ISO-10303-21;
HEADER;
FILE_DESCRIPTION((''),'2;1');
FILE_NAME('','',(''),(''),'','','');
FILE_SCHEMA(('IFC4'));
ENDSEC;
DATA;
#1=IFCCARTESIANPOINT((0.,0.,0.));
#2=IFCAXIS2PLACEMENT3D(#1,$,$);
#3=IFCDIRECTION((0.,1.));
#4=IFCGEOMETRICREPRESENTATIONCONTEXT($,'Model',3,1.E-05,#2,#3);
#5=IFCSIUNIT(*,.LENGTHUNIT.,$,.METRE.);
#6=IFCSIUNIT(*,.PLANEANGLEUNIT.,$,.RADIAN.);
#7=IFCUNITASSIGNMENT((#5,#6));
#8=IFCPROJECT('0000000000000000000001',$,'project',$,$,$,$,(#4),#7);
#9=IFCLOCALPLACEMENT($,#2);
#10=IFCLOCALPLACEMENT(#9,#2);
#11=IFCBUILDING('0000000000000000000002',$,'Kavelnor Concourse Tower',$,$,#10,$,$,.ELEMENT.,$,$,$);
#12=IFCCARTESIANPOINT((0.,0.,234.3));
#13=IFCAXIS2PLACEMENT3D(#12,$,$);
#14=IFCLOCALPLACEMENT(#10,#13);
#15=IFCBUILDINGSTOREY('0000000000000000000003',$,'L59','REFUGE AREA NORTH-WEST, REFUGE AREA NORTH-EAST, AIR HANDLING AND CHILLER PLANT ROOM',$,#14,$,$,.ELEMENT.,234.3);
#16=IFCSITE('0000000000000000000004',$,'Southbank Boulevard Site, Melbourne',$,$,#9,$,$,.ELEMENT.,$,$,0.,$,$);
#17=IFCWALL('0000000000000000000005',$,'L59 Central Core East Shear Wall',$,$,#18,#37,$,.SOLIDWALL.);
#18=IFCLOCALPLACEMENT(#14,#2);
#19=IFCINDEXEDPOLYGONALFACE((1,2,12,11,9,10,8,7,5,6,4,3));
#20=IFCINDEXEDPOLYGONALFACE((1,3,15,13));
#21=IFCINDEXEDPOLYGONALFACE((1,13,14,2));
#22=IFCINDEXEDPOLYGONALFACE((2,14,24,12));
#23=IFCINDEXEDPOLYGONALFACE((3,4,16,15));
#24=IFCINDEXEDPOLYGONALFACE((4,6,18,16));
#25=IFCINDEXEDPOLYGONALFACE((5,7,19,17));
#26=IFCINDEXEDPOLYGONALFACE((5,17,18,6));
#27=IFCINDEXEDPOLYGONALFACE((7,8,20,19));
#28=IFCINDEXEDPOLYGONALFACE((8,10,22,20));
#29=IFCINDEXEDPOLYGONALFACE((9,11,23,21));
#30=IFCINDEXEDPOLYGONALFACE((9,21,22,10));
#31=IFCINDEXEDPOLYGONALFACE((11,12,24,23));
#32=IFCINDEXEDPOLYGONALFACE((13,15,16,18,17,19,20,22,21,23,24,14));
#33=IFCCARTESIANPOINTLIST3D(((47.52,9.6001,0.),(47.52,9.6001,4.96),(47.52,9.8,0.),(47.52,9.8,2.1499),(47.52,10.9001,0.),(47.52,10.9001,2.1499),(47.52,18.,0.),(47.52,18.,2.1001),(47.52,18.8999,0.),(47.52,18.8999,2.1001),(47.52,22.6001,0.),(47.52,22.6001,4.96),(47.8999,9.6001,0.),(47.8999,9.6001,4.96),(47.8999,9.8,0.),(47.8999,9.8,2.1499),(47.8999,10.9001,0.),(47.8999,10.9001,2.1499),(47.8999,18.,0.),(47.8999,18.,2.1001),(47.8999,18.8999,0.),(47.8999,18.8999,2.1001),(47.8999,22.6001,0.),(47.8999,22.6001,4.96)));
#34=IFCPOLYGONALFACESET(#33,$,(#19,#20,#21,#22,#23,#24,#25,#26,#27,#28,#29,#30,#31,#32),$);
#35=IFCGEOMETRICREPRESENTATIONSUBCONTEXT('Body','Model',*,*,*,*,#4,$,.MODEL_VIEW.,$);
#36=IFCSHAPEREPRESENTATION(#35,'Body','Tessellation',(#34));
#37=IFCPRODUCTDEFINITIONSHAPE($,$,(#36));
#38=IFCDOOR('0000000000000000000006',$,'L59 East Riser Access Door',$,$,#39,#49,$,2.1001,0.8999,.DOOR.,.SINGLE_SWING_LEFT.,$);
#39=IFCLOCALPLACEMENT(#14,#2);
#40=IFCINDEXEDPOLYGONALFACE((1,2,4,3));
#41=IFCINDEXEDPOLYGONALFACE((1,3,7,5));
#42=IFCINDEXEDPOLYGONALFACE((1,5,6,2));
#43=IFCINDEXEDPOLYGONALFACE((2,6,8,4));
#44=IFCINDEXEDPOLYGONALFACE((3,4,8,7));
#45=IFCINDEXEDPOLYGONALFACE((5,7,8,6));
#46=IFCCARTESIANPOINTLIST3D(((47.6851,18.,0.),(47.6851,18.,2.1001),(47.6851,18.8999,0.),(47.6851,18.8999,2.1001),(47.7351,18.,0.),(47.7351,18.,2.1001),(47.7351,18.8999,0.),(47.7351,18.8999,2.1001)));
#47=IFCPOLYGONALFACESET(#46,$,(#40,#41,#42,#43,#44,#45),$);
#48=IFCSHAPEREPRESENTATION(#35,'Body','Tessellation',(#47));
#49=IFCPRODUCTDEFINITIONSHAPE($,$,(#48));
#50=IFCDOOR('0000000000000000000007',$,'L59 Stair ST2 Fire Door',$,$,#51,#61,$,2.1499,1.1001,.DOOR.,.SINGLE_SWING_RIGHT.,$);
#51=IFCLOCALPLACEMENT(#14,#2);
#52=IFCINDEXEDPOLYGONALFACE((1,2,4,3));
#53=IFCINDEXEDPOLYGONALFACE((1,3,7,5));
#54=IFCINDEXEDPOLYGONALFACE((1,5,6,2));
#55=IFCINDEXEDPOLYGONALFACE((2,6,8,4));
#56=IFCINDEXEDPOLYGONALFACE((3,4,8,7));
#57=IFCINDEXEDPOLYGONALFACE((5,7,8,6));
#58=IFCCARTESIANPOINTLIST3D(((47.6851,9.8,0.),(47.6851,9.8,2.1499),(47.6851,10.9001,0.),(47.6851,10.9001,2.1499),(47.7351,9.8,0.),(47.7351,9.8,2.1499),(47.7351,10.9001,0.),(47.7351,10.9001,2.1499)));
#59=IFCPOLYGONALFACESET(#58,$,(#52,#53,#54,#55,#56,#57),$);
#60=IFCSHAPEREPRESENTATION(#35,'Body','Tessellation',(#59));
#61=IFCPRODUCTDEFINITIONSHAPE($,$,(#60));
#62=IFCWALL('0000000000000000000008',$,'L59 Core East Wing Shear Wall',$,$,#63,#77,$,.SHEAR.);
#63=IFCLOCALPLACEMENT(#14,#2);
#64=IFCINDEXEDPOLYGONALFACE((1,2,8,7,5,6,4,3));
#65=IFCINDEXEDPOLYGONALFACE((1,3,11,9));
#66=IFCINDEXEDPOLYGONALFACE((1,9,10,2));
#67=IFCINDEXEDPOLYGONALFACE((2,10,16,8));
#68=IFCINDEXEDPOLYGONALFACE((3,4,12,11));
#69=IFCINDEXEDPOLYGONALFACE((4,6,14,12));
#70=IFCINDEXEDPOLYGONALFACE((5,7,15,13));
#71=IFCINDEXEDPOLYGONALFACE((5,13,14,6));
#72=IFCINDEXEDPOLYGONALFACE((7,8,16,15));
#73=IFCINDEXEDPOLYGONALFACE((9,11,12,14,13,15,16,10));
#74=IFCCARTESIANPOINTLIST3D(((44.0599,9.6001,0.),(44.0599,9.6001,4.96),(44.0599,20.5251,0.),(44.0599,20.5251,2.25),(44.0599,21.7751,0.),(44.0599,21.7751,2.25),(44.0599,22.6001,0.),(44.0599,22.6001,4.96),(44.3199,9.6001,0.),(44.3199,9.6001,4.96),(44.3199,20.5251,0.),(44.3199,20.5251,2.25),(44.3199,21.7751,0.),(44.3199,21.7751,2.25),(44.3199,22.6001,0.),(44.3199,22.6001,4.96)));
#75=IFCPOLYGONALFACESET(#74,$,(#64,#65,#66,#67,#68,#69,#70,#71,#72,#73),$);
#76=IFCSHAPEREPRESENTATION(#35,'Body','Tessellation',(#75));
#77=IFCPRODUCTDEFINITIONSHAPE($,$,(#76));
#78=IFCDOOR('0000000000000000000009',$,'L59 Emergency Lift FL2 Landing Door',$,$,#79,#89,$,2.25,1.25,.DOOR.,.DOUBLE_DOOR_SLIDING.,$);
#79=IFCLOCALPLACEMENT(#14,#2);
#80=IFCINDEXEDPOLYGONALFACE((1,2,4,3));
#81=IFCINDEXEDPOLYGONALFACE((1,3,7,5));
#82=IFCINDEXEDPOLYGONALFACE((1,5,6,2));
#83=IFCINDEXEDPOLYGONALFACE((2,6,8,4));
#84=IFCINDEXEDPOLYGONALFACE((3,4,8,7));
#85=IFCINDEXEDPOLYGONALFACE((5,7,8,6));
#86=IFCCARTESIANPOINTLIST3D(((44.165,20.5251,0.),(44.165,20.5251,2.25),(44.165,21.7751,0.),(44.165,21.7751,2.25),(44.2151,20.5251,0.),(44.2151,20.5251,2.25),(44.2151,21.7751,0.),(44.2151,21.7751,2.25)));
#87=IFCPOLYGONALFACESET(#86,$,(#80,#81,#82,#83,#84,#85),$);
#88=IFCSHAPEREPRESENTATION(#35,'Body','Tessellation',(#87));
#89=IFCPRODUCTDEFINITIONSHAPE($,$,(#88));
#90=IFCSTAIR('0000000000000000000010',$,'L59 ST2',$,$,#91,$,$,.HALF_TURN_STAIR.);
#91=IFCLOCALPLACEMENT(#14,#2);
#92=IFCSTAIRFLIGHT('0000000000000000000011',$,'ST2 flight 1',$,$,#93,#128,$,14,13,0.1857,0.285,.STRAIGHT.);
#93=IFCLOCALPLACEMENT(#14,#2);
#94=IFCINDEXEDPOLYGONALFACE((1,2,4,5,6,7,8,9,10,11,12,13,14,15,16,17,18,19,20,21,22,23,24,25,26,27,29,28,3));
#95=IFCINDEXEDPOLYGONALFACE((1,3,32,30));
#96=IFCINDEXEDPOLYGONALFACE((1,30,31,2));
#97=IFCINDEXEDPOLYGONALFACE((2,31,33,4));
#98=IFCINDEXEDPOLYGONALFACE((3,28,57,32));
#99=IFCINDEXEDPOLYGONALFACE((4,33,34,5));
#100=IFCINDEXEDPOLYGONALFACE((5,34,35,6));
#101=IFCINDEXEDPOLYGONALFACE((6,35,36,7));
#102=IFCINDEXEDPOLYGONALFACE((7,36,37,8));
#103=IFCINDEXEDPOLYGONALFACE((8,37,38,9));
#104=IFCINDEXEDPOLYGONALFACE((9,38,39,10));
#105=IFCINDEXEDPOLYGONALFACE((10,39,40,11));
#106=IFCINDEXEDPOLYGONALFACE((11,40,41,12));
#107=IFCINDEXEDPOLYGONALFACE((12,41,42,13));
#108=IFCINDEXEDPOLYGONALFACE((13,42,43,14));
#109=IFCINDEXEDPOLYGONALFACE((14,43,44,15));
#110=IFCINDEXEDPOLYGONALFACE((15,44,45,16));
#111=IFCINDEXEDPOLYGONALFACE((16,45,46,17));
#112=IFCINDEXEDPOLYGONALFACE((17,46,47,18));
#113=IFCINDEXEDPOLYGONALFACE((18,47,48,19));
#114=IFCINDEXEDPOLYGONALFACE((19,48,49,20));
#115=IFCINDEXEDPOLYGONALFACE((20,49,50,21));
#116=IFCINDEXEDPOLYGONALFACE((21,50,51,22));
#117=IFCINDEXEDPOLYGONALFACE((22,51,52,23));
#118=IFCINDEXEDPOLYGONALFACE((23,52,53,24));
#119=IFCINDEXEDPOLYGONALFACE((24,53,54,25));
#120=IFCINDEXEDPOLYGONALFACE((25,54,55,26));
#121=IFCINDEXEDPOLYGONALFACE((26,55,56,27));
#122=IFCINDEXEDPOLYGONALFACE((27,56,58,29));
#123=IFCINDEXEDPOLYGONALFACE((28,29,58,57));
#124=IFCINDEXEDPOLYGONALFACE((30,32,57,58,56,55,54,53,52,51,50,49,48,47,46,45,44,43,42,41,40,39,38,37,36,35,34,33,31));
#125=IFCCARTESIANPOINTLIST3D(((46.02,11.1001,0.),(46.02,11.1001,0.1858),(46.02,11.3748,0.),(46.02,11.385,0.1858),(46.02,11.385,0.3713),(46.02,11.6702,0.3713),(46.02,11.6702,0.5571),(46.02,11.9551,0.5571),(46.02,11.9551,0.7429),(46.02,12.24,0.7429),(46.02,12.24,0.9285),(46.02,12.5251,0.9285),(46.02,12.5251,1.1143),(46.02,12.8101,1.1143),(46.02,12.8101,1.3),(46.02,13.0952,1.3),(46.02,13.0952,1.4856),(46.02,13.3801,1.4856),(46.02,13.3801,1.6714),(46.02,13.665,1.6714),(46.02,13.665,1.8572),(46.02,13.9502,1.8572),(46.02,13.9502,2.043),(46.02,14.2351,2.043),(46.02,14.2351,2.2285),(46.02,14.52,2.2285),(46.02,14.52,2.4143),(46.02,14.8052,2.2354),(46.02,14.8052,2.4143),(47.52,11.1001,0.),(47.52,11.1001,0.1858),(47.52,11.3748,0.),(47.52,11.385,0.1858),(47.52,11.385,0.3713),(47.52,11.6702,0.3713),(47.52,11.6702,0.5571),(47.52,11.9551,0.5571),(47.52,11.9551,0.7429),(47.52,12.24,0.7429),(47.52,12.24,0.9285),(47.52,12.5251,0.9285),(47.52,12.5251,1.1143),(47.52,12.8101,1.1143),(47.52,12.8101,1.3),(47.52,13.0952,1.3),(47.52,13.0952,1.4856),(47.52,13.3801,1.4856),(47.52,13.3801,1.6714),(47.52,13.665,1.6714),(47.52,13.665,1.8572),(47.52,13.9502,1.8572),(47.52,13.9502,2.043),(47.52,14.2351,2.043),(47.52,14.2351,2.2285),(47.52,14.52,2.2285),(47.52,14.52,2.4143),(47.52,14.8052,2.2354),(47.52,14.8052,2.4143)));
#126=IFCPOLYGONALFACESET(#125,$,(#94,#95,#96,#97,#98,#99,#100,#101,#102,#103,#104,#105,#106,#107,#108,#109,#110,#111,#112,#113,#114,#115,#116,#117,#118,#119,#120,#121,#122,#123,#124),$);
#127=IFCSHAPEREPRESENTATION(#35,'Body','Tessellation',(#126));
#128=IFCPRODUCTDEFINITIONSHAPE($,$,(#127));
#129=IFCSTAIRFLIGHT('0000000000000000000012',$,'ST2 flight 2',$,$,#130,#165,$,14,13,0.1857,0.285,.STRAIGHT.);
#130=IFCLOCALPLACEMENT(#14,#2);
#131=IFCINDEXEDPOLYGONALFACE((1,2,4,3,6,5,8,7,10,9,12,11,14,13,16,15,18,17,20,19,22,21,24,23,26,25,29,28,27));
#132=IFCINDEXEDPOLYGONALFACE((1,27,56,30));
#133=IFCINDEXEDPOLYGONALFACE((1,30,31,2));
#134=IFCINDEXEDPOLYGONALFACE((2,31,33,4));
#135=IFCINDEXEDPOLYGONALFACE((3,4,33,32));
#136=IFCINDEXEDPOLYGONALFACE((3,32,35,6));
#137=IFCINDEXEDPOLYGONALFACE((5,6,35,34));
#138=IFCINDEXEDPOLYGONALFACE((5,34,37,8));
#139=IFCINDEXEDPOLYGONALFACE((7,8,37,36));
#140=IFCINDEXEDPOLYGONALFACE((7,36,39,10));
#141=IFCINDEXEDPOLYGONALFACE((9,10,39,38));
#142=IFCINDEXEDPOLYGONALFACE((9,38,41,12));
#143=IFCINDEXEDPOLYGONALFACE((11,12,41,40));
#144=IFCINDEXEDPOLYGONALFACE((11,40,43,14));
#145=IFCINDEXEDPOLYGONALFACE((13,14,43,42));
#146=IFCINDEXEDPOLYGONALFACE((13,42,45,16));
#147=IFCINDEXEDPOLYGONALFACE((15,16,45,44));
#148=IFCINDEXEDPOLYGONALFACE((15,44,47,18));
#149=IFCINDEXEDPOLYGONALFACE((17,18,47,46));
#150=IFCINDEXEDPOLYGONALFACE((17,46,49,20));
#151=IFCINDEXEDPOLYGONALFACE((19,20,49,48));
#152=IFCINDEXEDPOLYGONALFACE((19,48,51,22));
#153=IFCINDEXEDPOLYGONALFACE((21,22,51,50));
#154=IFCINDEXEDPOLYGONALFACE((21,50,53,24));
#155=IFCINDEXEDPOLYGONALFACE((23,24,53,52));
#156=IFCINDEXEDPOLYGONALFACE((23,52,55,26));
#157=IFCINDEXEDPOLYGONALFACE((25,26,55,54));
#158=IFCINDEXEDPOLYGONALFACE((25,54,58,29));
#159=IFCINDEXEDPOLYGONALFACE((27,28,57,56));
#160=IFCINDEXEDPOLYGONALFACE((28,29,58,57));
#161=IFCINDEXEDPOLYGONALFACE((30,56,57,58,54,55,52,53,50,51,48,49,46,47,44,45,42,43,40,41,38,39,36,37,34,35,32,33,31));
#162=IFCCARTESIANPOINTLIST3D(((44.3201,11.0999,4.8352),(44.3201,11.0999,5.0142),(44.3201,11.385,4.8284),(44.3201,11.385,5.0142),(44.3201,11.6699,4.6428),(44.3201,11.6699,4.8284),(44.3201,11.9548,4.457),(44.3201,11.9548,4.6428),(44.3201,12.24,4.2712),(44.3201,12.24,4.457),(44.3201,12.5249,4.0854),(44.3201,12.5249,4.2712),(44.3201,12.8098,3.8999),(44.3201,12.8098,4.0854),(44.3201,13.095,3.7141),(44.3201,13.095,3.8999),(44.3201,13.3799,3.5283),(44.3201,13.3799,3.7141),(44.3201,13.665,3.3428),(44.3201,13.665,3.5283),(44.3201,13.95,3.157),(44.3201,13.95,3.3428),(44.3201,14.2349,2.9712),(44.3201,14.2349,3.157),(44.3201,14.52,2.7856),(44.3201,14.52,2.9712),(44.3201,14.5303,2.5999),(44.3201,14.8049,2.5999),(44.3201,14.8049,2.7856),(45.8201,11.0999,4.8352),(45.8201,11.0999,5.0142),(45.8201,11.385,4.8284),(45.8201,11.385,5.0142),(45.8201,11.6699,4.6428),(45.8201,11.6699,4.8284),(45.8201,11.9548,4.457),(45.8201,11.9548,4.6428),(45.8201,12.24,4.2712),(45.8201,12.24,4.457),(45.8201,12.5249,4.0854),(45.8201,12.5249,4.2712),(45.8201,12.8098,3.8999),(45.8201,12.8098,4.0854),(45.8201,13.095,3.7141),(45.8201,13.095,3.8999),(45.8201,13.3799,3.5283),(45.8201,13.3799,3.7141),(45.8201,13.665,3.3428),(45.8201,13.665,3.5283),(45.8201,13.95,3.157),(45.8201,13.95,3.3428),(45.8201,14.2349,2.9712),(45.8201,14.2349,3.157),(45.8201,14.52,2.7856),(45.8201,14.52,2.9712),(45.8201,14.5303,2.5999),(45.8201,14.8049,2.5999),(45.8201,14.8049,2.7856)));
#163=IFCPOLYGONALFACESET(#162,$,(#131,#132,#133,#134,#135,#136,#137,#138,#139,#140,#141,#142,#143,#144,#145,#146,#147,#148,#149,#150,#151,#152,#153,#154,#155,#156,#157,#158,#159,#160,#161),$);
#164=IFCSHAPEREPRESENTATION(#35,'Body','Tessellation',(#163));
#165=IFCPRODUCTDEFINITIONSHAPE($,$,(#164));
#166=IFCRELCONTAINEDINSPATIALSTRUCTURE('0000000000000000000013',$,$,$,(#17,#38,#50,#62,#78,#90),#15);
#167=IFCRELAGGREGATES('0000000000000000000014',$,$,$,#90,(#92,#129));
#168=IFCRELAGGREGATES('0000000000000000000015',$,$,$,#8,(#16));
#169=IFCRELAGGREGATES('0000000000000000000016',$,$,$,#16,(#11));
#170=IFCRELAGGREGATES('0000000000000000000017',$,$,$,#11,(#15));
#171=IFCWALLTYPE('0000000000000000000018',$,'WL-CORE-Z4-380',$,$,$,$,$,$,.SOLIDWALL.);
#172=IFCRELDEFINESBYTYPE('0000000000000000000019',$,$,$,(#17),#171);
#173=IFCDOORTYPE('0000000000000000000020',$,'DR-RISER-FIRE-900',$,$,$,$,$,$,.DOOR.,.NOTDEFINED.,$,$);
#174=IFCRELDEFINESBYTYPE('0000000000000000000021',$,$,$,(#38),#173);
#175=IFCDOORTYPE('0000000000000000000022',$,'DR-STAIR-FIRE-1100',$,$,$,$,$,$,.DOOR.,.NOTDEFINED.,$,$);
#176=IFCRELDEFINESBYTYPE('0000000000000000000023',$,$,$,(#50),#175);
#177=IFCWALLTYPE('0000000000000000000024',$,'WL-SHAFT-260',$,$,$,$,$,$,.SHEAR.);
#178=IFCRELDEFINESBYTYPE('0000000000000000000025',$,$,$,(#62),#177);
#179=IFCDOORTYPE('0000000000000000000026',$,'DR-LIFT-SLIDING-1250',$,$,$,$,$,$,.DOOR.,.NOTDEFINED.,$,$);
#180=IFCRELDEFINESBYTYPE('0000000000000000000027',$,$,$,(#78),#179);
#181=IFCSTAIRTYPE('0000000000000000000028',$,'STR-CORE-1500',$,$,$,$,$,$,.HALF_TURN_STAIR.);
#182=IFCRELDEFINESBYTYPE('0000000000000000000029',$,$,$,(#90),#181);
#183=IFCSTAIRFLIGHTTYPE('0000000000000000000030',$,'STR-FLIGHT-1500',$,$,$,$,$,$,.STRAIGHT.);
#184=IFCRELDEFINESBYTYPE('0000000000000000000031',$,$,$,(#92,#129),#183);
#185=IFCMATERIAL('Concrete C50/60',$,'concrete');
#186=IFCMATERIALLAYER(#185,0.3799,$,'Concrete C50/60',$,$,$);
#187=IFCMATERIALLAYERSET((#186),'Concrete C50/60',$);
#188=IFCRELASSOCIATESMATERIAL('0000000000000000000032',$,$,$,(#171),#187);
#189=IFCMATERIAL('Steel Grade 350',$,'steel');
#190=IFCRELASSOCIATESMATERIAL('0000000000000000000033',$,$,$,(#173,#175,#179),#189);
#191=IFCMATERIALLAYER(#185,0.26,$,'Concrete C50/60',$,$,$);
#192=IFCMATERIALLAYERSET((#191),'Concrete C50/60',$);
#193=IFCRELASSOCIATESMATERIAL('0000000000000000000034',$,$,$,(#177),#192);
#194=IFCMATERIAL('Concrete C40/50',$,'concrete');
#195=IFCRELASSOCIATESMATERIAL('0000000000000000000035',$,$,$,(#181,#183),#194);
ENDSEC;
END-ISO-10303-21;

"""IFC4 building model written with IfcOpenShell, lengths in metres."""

from ifc_helpers import new_model, si_unit, direction, frame, frame_2d, origin, place, context, subcontext, project, spatial, polyline, rectangle, outline, extrude, material, layer, layer_set, type_object, element, fill, aggregate, save


model = new_model("IFC4")

# Units and contexts
model_context = context("Model", 3, precision=1e-05, world=origin(), true_north=direction((0.0, 1.0)))
body_context = subcontext(model_context, "Body", "Model", "MODEL_VIEW")
ifc_project = project(units=[si_unit("LENGTHUNIT", "METRE"), si_unit("PLANEANGLEUNIT", "RADIAN")], contexts=[model_context])

# Site, building, storey
site_placement = place(None, origin())
site = spatial("IfcSite", under=ifc_project, at=site_placement, Name="Southbank Boulevard Site, Melbourne", CompositionType="ELEMENT", RefElevation=0.0)
building_placement = place(site_placement, origin())
building = spatial("IfcBuilding", under=site, at=building_placement, Name="Kavelnor Concourse Tower", CompositionType="ELEMENT")
storey_placement = place(building_placement, frame((0.0, 0.0, 234.3)))
storey = spatial("IfcBuildingStorey", under=building, at=storey_placement, Name="L59", Description="REFUGE AREA NORTH-WEST, REFUGE AREA NORTH-EAST, AIR HANDLING AND CHILLER PLANT ROOM", CompositionType="ELEMENT", Elevation=234.3)

# Shared definitions
ifc_material_1 = material(Name="Steel Grade 350", Category="steel")

# Wall, openings, doors
ifc_material_2 = material(Name="Concrete C50/60", Category="concrete")
ifc_layer_1 = layer(ifc_material_2, 0.3799, Name="Concrete C50/60")
ifc_layer_set_1 = layer_set([ifc_layer_1], Name="Concrete C50/60")
wall_type_1 = type_object("IfcWallType", Name="WL-CORE-Z4-380", PredefinedType="SOLIDWALL", material=ifc_layer_set_1)
wall_1_placement = place(storey_placement, frame((47.71, 9.6001, 0.0), z_axis=(0.0, 0.0, 1.0), x_axis=(0.0, 1.0, 0.0)))
wall_1 = element("IfcWall", 1, at=wall_1_placement, inside=storey, type_object=wall_type_1, Name="L59 Central Core East Shear Wall", PredefinedType="SOLIDWALL", context=body_context, shape_type="SweptSolid", body=[
    extrude(rectangle(XDim=13.0, YDim=0.3799, at=frame_2d((6.5, 0.0))), origin(), (0.0, 0.0, 1.0), 4.96),
])
opening_1_placement = place(wall_1_placement, frame((0.2, 0.0, 0.0)))
opening_1 = element("IfcOpeningElement", 2, at=opening_1_placement, cuts=wall_1, PredefinedType="OPENING", context=body_context, shape_type="SweptSolid", body=[
    extrude(rectangle(XDim=1.1001, YDim=2.1499, at=frame_2d((0.55, 1.075))), frame((0.0, 0.2, 0.0), z_axis=(0.0, -1.0, 0.0), x_axis=(1.0, 0.0, 0.0)), (0.0, 0.0, 1.0), 0.3999),
])
opening_2_placement = place(wall_1_placement, frame((8.3999, 0.0, 0.0)))
opening_2 = element("IfcOpeningElement", 3, at=opening_2_placement, cuts=wall_1, PredefinedType="OPENING", context=body_context, shape_type="SweptSolid", body=[
    extrude(rectangle(XDim=0.8999, YDim=2.1001, at=frame_2d((0.45, 1.05))), frame((0.0, 0.2, 0.0), z_axis=(0.0, -1.0, 0.0), x_axis=(1.0, 0.0, 0.0)), (0.0, 0.0, 1.0), 0.3999),
])
door_type_1 = type_object("IfcDoorType", Name="DR-RISER-FIRE-900", OperationType="NOTDEFINED", PredefinedType="DOOR", material=ifc_material_1)
door_1_placement = place(opening_2_placement, origin())
door_1 = element("IfcDoor", 4, at=door_1_placement, inside=storey, type_object=door_type_1, Name="L59 East Riser Access Door", OperationType="SINGLE_SWING_LEFT", OverallHeight=2.1001, OverallWidth=0.8999, PredefinedType="DOOR", context=body_context, shape_type="SweptSolid", body=[
    extrude(rectangle(XDim=0.8999, YDim=2.1001, at=frame_2d((0.45, 1.05))), frame((0.0, 0.0249, 0.0), z_axis=(0.0, -1.0, 0.0), x_axis=(1.0, 0.0, 0.0)), (0.0, 0.0, 1.0), 0.05),
])
fill(opening_2, door_1)
door_type_2 = type_object("IfcDoorType", Name="DR-STAIR-FIRE-1100", OperationType="NOTDEFINED", PredefinedType="DOOR", material=ifc_material_1)
door_2_placement = place(opening_1_placement, origin())
door_2 = element("IfcDoor", 5, at=door_2_placement, inside=storey, type_object=door_type_2, Name="L59 Stair ST2 Fire Door", OperationType="SINGLE_SWING_RIGHT", OverallHeight=2.1499, OverallWidth=1.1001, PredefinedType="DOOR", context=body_context, shape_type="SweptSolid", body=[
    extrude(rectangle(XDim=1.1001, YDim=2.1499, at=frame_2d((0.55, 1.075))), frame((0.0, 0.0249, 0.0), z_axis=(0.0, -1.0, 0.0), x_axis=(1.0, 0.0, 0.0)), (0.0, 0.0, 1.0), 0.05),
])
fill(opening_1, door_2)

# Wall, opening, door
ifc_layer_2 = layer(ifc_material_2, 0.26, Name="Concrete C50/60")
ifc_layer_set_2 = layer_set([ifc_layer_2], Name="Concrete C50/60")
wall_type_2 = type_object("IfcWallType", Name="WL-SHAFT-260", PredefinedType="SHEAR", material=ifc_layer_set_2)
wall_2_placement = place(storey_placement, frame((44.1899, 9.6001, 0.0), z_axis=(0.0, 0.0, 1.0), x_axis=(0.0, 1.0, 0.0)))
wall_2 = element("IfcWall", 6, at=wall_2_placement, inside=storey, type_object=wall_type_2, Name="L59 Core East Wing Shear Wall", PredefinedType="SHEAR", context=body_context, shape_type="SweptSolid", body=[
    extrude(rectangle(XDim=13.0, YDim=0.26, at=frame_2d((6.5, 0.0))), origin(), (0.0, 0.0, 1.0), 4.96),
])
opening_3_placement = place(wall_2_placement, frame((10.925, 0.0, 0.0)))
opening_3 = element("IfcOpeningElement", 7, at=opening_3_placement, cuts=wall_2, PredefinedType="OPENING", context=body_context, shape_type="SweptSolid", body=[
    extrude(rectangle(XDim=1.25, YDim=2.25, at=frame_2d((0.625, 1.125))), frame((0.0, 0.1401, 0.0), z_axis=(0.0, -1.0, 0.0), x_axis=(1.0, 0.0, 0.0)), (0.0, 0.0, 1.0), 0.28),
])
door_type_3 = type_object("IfcDoorType", Name="DR-LIFT-SLIDING-1250", OperationType="NOTDEFINED", PredefinedType="DOOR", material=ifc_material_1)
door_3_placement = place(opening_3_placement, origin())
door_3 = element("IfcDoor", 8, at=door_3_placement, inside=storey, type_object=door_type_3, Name="L59 Emergency Lift FL2 Landing Door", OperationType="DOUBLE_DOOR_SLIDING", OverallHeight=2.25, OverallWidth=1.25, PredefinedType="DOOR", context=body_context, shape_type="SweptSolid", body=[
    extrude(rectangle(XDim=1.25, YDim=2.25, at=frame_2d((0.625, 1.125))), frame((0.0, 0.0249, 0.0), z_axis=(0.0, -1.0, 0.0), x_axis=(1.0, 0.0, 0.0)), (0.0, 0.0, 1.0), 0.05),
])
fill(opening_3, door_3)

# Stair, stair flights
ifc_material_3 = material(Name="Concrete C40/50", Category="concrete")
stair_type = type_object("IfcStairType", Name="STR-CORE-1500", PredefinedType="HALF_TURN_STAIR", material=ifc_material_3)
stair_placement = place(storey_placement, origin())
stair = element("IfcStair", 9, at=stair_placement, inside=storey, type_object=stair_type, Name="L59 ST2", PredefinedType="HALF_TURN_STAIR")
stair_flight_type = type_object("IfcStairFlightType", Name="STR-FLIGHT-1500", PredefinedType="STRAIGHT", material=ifc_material_3)
stair_flight_1_placement = place(storey_placement, frame((46.77, 11.1001, 0.0), z_axis=(0.0, 0.0, 1.0), x_axis=(0.0, 1.0, 0.0)))
stair_flight_1 = element("IfcStairFlight", 10, at=stair_flight_1_placement, type_object=stair_flight_type, Name="ST2 flight 1", NumberOfRisers=14, NumberOfTreads=13, PredefinedType="STRAIGHT", RiserHeight=0.1857, TreadLength=0.285, context=body_context, shape_type="SweptSolid", body=[
    extrude(outline(polyline([(0.0, 0.0), (0.0, 0.1858), (0.2849, 0.1858), (0.2849, 0.3713), (0.5701, 0.3713), (0.5701, 0.5571), (0.855, 0.5571), (0.855, 0.7429), (1.1399, 0.7429), (1.1399, 0.9285), (1.425, 0.9285), (1.425, 1.1143), (1.71, 1.1143), (1.71, 1.3), (1.9951, 1.3), (1.9951, 1.4856), (2.28, 1.4856), (2.28, 1.6714), (2.5649, 1.6714), (2.5649, 1.8572), (2.8501, 1.8572), (2.8501, 2.043), (3.135, 2.043), (3.135, 2.2285), (3.4199, 2.2285), (3.4199, 2.4143), (3.7051, 2.4143), (3.7051, 2.6001), (3.7051, 2.2354), (0.2747, 0.0), (0.0, 0.0)])), frame((0.0, 0.75, 0.0), z_axis=(0.0, -1.0, 0.0), x_axis=(1.0, 0.0, 0.0)), (0.0, 0.0, 1.0), 1.5),
])
stair_flight_2_placement = place(storey_placement, frame((45.0701, 14.8049, 2.5999), z_axis=(0.0, 0.0, 1.0), x_axis=(0.0, -1.0, 0.0)))
stair_flight_2 = element("IfcStairFlight", 11, at=stair_flight_2_placement, type_object=stair_flight_type, Name="ST2 flight 2", NumberOfRisers=14, NumberOfTreads=13, PredefinedType="STRAIGHT", RiserHeight=0.1857, TreadLength=0.285, context=body_context, shape_type="SweptSolid", body=[
    extrude(outline(polyline([(0.0, 0.0), (0.0, 0.1858), (0.2849, 0.1858), (0.2849, 0.3713), (0.5701, 0.3713), (0.5701, 0.5571), (0.855, 0.5571), (0.855, 0.7429), (1.1399, 0.7429), (1.1399, 0.9285), (1.425, 0.9285), (1.425, 1.1143), (1.71, 1.1143), (1.71, 1.3), (1.9951, 1.3), (1.9951, 1.4856), (2.28, 1.4856), (2.28, 1.6714), (2.5649, 1.6714), (2.5649, 1.8572), (2.8501, 1.8572), (2.8501, 2.043), (3.135, 2.043), (3.135, 2.2285), (3.4199, 2.2285), (3.4199, 2.4143), (3.7051, 2.4143), (3.7051, 2.6001), (3.7051, 2.2354), (0.2747, 0.0), (0.0, 0.0)])), frame((0.0, 0.75, 0.0), z_axis=(0.0, -1.0, 0.0), x_axis=(1.0, 0.0, 0.0)), (0.0, 0.0, 1.0), 1.5),
])
aggregate(stair, [stair_flight_1, stair_flight_2])

save(model, "model.ifc")
